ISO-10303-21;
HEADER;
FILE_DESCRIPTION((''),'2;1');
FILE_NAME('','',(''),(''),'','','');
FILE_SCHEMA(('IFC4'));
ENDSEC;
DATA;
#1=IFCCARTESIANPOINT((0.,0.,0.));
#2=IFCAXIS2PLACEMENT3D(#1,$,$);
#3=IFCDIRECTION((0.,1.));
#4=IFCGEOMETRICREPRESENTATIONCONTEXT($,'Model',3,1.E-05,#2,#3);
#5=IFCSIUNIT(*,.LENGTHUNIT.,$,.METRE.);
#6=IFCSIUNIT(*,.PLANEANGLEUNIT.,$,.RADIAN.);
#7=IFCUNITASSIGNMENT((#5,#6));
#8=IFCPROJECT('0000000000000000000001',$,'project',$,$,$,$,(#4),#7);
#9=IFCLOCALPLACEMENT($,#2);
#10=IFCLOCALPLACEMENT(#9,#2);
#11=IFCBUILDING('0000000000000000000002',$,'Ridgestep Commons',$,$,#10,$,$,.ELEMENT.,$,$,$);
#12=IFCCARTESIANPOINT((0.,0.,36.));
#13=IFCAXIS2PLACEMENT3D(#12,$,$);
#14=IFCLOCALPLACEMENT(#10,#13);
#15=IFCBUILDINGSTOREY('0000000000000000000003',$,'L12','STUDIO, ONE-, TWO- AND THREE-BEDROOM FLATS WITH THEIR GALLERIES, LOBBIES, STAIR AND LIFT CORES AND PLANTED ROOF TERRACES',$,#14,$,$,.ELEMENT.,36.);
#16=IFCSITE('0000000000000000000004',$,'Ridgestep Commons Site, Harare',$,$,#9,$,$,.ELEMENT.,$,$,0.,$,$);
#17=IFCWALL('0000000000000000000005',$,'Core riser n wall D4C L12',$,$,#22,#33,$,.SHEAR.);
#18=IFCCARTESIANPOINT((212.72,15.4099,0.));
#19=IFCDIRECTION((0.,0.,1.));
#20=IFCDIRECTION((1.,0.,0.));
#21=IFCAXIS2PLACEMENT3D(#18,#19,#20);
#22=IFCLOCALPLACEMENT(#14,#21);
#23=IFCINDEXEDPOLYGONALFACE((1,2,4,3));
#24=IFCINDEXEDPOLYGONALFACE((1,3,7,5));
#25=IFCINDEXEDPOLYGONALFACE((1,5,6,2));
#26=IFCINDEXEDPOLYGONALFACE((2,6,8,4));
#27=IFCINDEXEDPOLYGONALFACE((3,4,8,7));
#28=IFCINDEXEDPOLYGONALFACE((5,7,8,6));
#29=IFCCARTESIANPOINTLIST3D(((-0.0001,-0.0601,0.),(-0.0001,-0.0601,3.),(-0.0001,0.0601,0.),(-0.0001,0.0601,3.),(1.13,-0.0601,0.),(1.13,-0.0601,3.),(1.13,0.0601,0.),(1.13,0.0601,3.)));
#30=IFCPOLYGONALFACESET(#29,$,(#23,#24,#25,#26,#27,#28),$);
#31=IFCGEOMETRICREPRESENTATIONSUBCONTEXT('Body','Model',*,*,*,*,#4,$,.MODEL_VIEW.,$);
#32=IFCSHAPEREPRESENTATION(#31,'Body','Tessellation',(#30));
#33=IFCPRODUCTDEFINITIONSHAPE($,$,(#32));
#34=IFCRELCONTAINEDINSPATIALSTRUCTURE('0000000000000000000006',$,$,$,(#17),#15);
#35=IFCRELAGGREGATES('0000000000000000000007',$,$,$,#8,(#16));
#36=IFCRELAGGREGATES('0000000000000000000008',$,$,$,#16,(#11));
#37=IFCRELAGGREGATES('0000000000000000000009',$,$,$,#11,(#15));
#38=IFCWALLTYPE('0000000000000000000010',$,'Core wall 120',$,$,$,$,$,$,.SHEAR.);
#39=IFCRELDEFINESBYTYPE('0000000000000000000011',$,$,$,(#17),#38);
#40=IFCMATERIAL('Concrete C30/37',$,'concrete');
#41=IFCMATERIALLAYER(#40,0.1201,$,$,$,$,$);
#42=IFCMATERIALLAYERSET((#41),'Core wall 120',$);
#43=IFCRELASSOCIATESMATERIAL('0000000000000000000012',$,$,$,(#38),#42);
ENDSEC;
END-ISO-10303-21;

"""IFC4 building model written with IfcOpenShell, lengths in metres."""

from ifc_helpers import new_model, si_unit, direction, frame, frame_2d, origin, place, context, subcontext, project, spatial, rectangle, extrude, material, layer, layer_set, type_object, element, save


model = new_model("IFC4")

# Units and contexts
model_context = context("Model", 3, precision=1e-05, world=origin(), true_north=direction((0.0, 1.0)))
body_context = subcontext(model_context, "Body", "Model", "MODEL_VIEW")
ifc_project = project(units=[si_unit("LENGTHUNIT", "METRE"), si_unit("PLANEANGLEUNIT", "RADIAN")], contexts=[model_context])

# Site, building, storey
site_placement = place(None, origin())
site = spatial("IfcSite", under=ifc_project, at=site_placement, Name="Ridgestep Commons Site, Harare", CompositionType="ELEMENT", RefElevation=0.0)
building_placement = place(site_placement, origin())
building = spatial("IfcBuilding", under=site, at=building_placement, Name="Ridgestep Commons", CompositionType="ELEMENT")
storey_placement = place(building_placement, frame((0.0, 0.0, 36.0)))
storey = spatial("IfcBuildingStorey", under=building, at=storey_placement, Name="L12", Description="STUDIO, ONE-, TWO- AND THREE-BEDROOM FLATS WITH THEIR GALLERIES, LOBBIES, STAIR AND LIFT CORES AND PLANTED ROOF TERRACES", CompositionType="ELEMENT", Elevation=36.0)

# Wall
ifc_material_1 = material(Name="Concrete C30/37", Category="concrete")
ifc_layer_1 = layer(ifc_material_1, 0.1201)
ifc_layer_set_1 = layer_set([ifc_layer_1], Name="Core wall 120")
wall_type_1 = type_object("IfcWallType", Name="Core wall 120", PredefinedType="SHEAR", material=ifc_layer_set_1)
wall_1_placement = place(storey_placement, frame((212.72, 15.4099, 0.0), z_axis=(0.0, 0.0, 1.0), x_axis=(1.0, 0.0, 0.0)))
element("IfcWall", 1, at=wall_1_placement, inside=storey, type_object=wall_type_1, Name="Core riser n wall D4C L12", PredefinedType="SHEAR", context=body_context, shape_type="SweptSolid", body=[
    extrude(rectangle(XDim=1.1301, YDim=0.1201, at=frame_2d((0.5649, 0.0))), origin(), (0.0, 0.0, 1.0), 3.0),
])

save(model, "model.ifc")
